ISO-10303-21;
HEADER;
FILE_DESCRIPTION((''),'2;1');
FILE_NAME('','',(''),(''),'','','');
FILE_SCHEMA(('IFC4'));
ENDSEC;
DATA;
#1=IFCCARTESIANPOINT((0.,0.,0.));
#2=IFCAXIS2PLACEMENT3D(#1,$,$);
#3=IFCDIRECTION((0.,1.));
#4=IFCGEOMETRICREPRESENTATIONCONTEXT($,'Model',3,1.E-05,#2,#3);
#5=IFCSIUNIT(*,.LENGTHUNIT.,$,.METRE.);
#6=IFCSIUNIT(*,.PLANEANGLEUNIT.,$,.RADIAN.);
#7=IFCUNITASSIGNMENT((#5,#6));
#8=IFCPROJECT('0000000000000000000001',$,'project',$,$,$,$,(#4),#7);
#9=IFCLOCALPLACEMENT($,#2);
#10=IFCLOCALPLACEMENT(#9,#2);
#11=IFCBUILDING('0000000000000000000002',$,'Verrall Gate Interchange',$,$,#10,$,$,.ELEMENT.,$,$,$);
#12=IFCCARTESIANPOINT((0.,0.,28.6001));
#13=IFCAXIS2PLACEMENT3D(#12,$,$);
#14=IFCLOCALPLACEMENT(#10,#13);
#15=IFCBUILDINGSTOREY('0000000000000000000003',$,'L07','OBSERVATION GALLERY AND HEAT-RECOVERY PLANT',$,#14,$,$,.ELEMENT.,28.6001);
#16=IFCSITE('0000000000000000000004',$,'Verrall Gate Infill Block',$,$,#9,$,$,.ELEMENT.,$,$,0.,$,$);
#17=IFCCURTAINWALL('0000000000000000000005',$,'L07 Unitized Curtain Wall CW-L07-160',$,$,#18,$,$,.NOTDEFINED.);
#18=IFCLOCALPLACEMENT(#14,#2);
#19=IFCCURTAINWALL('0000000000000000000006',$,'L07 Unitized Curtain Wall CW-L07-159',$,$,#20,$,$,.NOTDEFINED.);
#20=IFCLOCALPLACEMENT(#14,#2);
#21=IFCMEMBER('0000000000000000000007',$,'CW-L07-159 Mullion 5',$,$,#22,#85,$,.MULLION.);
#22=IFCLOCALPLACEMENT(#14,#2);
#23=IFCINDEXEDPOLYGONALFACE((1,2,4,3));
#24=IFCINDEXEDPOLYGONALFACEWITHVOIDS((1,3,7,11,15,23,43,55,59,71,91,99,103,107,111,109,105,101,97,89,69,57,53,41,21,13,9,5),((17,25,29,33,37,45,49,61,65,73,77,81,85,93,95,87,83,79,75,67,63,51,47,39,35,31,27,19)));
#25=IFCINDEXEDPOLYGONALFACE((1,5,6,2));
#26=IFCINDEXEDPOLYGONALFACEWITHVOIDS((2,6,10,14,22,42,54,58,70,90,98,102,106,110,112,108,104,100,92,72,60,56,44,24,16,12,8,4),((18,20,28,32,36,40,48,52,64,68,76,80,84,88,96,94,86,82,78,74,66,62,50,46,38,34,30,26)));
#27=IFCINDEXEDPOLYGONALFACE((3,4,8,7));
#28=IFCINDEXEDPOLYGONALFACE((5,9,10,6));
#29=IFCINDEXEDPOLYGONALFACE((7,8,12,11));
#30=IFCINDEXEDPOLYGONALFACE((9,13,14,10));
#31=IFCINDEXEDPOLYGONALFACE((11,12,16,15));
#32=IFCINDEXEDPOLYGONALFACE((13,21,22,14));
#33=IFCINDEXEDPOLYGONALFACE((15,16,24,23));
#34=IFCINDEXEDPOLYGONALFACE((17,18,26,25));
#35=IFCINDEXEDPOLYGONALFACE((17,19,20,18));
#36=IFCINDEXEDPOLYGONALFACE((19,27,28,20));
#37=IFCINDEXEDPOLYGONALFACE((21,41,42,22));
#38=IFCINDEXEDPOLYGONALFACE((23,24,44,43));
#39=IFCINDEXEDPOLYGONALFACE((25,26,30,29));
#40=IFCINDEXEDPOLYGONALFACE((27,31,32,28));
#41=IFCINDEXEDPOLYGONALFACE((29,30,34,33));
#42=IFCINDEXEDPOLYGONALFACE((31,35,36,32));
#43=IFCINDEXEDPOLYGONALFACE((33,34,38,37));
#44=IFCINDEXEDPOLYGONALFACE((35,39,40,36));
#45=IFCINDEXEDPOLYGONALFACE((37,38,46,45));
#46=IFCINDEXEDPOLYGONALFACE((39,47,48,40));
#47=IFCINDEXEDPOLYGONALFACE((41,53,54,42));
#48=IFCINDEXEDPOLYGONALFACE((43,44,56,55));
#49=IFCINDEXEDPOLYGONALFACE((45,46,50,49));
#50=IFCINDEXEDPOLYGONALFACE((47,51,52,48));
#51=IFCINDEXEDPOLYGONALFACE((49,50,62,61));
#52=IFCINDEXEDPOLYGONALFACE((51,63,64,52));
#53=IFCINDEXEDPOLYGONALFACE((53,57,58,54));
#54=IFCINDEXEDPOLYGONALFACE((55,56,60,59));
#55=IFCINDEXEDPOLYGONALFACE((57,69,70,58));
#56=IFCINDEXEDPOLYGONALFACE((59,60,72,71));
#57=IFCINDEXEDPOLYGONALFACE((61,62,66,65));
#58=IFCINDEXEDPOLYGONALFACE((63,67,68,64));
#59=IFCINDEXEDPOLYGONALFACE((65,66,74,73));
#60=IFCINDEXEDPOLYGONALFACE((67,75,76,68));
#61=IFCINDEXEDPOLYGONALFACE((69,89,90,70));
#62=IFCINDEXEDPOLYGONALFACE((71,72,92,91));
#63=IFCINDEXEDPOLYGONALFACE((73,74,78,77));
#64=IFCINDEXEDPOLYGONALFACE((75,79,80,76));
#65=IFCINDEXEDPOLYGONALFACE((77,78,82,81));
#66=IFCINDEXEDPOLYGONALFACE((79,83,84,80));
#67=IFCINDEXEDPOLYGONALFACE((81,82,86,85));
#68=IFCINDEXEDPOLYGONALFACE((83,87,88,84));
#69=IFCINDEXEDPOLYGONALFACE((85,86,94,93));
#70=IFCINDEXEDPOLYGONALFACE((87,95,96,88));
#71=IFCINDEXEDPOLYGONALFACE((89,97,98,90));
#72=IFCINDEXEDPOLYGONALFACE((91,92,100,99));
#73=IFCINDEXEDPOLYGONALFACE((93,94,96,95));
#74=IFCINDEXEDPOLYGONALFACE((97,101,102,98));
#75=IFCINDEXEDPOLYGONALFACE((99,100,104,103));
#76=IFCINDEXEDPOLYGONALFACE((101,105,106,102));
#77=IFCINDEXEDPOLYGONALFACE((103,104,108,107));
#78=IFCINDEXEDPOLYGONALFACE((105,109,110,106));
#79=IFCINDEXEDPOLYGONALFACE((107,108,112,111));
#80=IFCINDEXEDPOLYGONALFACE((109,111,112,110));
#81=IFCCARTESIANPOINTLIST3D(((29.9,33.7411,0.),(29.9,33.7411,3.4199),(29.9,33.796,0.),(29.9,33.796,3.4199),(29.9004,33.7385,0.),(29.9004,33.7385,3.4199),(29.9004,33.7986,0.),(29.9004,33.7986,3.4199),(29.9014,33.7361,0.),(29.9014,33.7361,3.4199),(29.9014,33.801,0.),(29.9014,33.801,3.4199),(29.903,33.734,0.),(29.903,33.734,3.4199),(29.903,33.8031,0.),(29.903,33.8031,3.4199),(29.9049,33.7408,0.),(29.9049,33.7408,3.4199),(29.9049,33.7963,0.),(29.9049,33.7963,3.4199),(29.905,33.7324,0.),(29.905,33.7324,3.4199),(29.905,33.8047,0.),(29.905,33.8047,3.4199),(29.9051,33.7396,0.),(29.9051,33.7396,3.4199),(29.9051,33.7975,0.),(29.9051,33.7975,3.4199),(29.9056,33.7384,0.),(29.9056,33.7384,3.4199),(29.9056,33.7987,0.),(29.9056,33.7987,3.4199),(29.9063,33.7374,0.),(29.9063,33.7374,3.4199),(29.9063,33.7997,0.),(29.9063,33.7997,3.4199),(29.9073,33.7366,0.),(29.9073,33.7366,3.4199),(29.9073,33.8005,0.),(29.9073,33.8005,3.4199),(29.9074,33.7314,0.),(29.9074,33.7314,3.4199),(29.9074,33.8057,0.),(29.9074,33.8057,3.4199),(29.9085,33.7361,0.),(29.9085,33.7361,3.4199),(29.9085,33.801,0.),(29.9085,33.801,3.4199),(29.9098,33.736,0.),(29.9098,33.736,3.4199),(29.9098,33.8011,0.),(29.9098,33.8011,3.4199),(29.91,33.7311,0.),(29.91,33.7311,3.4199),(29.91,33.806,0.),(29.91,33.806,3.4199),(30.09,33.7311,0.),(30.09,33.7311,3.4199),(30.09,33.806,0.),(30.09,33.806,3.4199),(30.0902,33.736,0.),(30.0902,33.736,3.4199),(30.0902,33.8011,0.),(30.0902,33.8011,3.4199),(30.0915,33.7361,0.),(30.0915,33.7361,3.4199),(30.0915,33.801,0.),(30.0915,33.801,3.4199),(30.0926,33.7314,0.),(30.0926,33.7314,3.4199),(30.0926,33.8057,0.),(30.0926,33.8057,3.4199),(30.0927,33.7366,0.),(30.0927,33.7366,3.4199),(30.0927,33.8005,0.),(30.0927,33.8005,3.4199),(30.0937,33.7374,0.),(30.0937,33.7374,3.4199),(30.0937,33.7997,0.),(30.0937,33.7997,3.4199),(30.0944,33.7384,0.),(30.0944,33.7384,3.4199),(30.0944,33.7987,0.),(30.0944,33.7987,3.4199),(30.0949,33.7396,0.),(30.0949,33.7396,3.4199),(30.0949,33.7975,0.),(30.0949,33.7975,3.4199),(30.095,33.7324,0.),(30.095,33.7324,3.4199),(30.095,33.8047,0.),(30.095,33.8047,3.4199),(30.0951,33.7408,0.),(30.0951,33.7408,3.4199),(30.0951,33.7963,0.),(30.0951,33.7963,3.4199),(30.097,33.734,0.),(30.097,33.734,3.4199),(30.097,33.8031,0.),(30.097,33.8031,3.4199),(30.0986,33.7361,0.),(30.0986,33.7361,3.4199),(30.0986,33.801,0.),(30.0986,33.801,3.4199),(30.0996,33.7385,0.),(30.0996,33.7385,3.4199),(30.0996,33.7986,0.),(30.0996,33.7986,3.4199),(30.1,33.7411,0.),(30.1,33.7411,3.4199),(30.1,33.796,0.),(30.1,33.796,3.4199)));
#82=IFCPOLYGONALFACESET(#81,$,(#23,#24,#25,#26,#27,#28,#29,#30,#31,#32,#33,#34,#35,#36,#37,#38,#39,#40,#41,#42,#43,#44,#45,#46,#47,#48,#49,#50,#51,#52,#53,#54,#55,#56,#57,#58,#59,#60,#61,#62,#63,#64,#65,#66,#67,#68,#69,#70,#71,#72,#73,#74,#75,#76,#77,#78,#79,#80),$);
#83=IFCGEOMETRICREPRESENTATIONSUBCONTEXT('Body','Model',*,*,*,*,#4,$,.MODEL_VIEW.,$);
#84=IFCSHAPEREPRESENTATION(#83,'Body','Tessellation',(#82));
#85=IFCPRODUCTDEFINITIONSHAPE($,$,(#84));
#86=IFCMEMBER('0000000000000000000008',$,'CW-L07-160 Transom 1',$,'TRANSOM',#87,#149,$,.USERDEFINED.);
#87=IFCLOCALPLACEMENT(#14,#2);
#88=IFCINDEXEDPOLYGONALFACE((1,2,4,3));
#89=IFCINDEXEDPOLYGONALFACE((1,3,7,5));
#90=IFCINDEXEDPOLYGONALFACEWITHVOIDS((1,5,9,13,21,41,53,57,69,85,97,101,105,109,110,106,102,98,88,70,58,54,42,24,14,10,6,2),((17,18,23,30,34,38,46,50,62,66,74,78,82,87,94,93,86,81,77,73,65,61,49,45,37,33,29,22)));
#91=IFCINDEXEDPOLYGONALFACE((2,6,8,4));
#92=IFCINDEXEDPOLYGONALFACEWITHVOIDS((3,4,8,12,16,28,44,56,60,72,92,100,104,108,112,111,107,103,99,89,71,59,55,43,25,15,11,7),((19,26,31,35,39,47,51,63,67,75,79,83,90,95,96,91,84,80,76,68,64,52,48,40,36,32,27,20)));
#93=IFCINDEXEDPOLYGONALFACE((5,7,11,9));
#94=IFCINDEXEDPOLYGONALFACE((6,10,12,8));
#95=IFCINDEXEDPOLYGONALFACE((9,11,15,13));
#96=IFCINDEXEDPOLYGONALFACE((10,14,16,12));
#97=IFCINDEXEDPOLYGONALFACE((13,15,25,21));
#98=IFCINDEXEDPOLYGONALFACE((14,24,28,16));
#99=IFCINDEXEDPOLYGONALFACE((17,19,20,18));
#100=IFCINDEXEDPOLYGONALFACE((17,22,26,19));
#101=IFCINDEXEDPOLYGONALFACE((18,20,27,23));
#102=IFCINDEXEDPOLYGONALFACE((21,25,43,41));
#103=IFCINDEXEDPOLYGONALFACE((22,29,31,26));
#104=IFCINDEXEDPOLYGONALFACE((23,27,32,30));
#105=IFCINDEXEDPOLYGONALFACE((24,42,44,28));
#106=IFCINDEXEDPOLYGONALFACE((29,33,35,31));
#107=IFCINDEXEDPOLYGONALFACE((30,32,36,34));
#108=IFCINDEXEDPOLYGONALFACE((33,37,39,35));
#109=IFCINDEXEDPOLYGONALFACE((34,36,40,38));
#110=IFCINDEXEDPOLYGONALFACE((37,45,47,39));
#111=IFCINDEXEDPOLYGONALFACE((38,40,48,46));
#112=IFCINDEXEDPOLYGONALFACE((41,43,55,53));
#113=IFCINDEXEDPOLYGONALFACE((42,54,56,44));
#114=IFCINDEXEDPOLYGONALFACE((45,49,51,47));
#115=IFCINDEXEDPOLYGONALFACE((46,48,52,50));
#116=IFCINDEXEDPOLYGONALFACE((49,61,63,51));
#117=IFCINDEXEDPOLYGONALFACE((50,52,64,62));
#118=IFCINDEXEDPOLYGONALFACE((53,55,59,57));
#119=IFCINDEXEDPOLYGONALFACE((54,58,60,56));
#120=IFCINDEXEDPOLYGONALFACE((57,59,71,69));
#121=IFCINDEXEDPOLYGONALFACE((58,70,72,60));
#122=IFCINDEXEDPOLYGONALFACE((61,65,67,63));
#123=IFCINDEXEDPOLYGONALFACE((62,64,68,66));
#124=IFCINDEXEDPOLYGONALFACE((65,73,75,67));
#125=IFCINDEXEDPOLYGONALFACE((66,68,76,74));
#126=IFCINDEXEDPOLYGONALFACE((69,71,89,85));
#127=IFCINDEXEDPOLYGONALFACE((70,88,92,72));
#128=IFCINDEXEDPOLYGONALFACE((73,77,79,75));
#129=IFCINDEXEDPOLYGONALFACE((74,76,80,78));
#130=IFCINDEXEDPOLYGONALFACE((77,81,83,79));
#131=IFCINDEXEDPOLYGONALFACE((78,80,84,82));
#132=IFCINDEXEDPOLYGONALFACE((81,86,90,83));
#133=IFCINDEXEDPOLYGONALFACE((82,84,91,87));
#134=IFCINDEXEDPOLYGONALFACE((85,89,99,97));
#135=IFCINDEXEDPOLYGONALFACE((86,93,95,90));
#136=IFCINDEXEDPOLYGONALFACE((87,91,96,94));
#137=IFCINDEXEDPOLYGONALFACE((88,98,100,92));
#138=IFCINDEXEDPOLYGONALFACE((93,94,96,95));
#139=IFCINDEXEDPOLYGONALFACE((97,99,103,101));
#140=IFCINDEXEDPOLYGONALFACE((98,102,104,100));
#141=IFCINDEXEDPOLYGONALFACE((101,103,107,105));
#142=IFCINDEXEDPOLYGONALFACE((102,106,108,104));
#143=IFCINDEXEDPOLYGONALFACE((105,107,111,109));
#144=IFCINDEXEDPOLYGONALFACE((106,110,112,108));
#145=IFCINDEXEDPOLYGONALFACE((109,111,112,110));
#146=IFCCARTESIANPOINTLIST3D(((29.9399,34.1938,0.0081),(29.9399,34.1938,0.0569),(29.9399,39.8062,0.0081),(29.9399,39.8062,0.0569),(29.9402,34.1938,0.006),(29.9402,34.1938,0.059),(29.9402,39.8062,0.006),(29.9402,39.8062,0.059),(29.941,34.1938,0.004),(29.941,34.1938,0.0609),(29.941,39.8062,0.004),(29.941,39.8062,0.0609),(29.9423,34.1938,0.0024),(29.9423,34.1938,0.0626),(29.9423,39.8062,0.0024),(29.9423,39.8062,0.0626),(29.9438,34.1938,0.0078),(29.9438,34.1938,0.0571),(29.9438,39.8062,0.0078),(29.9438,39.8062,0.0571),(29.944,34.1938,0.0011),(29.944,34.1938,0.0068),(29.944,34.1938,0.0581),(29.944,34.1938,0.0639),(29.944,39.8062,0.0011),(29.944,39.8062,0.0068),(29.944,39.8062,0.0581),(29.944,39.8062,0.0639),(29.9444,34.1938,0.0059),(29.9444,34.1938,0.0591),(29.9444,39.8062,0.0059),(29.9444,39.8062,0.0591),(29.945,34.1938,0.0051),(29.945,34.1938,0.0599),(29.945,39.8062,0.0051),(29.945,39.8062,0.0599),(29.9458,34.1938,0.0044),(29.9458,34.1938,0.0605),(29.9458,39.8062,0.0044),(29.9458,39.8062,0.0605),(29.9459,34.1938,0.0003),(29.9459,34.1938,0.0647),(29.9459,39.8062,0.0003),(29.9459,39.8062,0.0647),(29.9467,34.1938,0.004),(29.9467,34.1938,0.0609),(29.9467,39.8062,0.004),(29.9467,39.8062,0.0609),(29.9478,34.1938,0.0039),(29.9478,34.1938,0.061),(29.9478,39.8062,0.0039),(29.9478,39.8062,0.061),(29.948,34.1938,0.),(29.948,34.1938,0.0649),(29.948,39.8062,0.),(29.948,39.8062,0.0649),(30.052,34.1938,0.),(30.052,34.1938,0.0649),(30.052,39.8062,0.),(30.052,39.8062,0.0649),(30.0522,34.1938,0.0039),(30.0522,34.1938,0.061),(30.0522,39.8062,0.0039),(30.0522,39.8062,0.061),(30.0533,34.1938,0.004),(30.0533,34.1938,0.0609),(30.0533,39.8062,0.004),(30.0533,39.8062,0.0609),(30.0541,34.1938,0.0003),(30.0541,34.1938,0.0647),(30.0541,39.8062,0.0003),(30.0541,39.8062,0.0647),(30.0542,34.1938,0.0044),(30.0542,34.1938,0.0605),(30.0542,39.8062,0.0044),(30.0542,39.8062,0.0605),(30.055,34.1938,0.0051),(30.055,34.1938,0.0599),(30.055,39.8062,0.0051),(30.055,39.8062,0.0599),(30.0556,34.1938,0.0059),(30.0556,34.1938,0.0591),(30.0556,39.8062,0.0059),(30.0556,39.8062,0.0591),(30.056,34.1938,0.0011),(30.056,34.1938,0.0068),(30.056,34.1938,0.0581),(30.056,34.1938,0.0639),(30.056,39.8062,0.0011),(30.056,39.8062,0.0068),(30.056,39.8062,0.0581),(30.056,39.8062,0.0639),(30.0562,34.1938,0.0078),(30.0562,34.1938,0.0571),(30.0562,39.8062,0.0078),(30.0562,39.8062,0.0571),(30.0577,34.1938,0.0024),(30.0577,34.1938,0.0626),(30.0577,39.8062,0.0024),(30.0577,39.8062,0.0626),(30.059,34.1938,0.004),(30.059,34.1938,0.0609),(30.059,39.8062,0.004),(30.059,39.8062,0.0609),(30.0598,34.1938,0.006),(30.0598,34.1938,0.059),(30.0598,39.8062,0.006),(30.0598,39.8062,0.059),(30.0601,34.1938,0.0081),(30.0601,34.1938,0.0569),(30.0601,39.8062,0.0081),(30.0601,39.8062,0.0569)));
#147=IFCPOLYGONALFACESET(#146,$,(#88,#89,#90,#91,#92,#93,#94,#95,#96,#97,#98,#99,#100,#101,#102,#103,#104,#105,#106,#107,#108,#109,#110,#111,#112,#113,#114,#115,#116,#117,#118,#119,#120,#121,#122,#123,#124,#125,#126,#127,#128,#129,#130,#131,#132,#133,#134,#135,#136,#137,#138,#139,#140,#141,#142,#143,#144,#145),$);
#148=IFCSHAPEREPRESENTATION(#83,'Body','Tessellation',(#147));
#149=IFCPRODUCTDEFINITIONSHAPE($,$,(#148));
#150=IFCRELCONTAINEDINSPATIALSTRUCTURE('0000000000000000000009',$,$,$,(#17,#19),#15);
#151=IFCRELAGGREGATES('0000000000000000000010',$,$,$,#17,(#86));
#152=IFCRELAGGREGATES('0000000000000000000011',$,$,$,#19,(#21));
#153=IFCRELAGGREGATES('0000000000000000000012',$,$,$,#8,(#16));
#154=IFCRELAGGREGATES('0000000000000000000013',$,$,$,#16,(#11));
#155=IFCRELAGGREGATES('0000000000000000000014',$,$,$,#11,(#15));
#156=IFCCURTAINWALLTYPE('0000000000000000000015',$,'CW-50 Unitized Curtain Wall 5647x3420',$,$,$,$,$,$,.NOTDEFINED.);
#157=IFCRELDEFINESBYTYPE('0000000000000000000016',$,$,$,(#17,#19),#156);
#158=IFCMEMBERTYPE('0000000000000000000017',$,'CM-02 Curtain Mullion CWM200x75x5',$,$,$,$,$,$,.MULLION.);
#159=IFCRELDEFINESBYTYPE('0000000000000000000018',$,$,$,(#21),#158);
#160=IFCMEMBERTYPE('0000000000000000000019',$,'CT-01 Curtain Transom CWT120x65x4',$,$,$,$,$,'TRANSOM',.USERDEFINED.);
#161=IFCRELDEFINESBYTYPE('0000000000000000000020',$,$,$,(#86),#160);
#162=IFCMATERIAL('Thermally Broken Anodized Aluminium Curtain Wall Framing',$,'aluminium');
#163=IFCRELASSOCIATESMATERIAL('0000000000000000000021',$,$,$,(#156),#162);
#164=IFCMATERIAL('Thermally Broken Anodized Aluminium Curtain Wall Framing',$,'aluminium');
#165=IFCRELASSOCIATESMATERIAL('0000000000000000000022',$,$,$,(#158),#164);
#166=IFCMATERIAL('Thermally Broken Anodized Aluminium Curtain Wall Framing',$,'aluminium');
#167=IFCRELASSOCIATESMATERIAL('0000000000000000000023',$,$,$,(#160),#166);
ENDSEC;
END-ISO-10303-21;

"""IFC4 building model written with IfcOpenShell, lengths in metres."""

from ifc_helpers import new_model, si_unit, direction, frame, origin, origin_2d, place, context, subcontext, project, spatial, hollow_rectangle, extrude, material, material_profile, profile_set, type_object, element, aggregate, save


model = new_model("IFC4")

# Units and contexts
model_context = context("Model", 3, precision=1e-05, world=origin(), true_north=direction((0.0, 1.0)))
body_context = subcontext(model_context, "Body", "Model", "MODEL_VIEW")
ifc_project = project(units=[si_unit("LENGTHUNIT", "METRE"), si_unit("PLANEANGLEUNIT", "RADIAN")], contexts=[model_context])

# Site, building, storey
site_placement = place(None, origin())
site = spatial("IfcSite", under=ifc_project, at=site_placement, Name="Verrall Gate Infill Block", CompositionType="ELEMENT", RefElevation=0.0)
building_placement = place(site_placement, origin())
building = spatial("IfcBuilding", under=site, at=building_placement, Name="Verrall Gate Interchange", CompositionType="ELEMENT")
storey_placement = place(building_placement, frame((0.0, 0.0, 28.6001)))
storey = spatial("IfcBuildingStorey", under=building, at=storey_placement, Name="L07", Description="OBSERVATION GALLERY AND HEAT-RECOVERY PLANT", CompositionType="ELEMENT", Elevation=28.6001)

# Curtain walls, member
ifc_material_1 = material(Name="Thermally Broken Anodized Aluminium Curtain Wall Framing", Category="aluminium")
curtain_wall_type = type_object("IfcCurtainWallType", Name="CW-50 Unitized Curtain Wall 5647x3420", PredefinedType="NOTDEFINED", material=ifc_material_1)
curtain_wall_1_placement = place(storey_placement, origin())
curtain_wall_1 = element("IfcCurtainWall", 1, at=curtain_wall_1_placement, inside=storey, type_object=curtain_wall_type, Name="L07 Unitized Curtain Wall CW-L07-160", PredefinedType="NOTDEFINED")
curtain_wall_2_placement = place(storey_placement, origin())
curtain_wall_2 = element("IfcCurtainWall", 2, at=curtain_wall_2_placement, inside=storey, type_object=curtain_wall_type, Name="L07 Unitized Curtain Wall CW-L07-159", PredefinedType="NOTDEFINED")
ifc_material_2 = material(Name="Thermally Broken Anodized Aluminium Curtain Wall Framing", Category="aluminium")
ifc_material_profile_1 = material_profile(ifc_material_2, hollow_rectangle(XDim=0.075, YDim=0.2, WallThickness=0.0049, InnerFilletRadius=0.0049, OuterFilletRadius=0.01, at=origin_2d()), Name="CWM200x75x5")
ifc_profile_set_1 = profile_set([ifc_material_profile_1], Name="Thermally Broken Anodized Aluminium Curtain Wall Framing")
member_type_1 = type_object("IfcMemberType", Name="CM-02 Curtain Mullion CWM200x75x5", PredefinedType="MULLION", material=ifc_profile_set_1)
member_1_placement = place(storey_placement, frame((30.0, 33.7686, 0.0), z_axis=(0.0, 0.0, 1.0), x_axis=(0.0, 1.0, 0.0)))
member_1 = element("IfcMember", 3, at=member_1_placement, type_object=member_type_1, Name="CW-L07-159 Mullion 5", PredefinedType="MULLION", context=body_context, shape_type="SweptSolid", body=[
    extrude(hollow_rectangle(XDim=0.075, YDim=0.2, WallThickness=0.0049, InnerFilletRadius=0.0049, OuterFilletRadius=0.01, at=origin_2d()), origin(), (0.0, 0.0, 1.0), 3.4199),
])

# Member
ifc_material_3 = material(Name="Thermally Broken Anodized Aluminium Curtain Wall Framing", Category="aluminium")
ifc_material_profile_2 = material_profile(ifc_material_3, hollow_rectangle(XDim=0.1201, YDim=0.0649, WallThickness=0.0039, InnerFilletRadius=0.0039, OuterFilletRadius=0.0081, at=origin_2d()), Name="CWT120x65x4")
ifc_profile_set_2 = profile_set([ifc_material_profile_2], Name="Thermally Broken Anodized Aluminium Curtain Wall Framing")
member_type_2 = type_object("IfcMemberType", Name="CT-01 Curtain Transom CWT120x65x4", ElementType="TRANSOM", PredefinedType="USERDEFINED", material=ifc_profile_set_2)
member_2_placement = place(storey_placement, frame((30.0, 34.1938, 0.0325), z_axis=(0.0, 1.0, 0.0), x_axis=(-1.0, 0.0, 0.0)))
member_2 = element("IfcMember", 4, at=member_2_placement, type_object=member_type_2, Name="CW-L07-160 Transom 1", ObjectType="TRANSOM", PredefinedType="USERDEFINED", context=body_context, shape_type="SweptSolid", body=[
    extrude(hollow_rectangle(XDim=0.1201, YDim=0.0649, WallThickness=0.0039, InnerFilletRadius=0.0039, OuterFilletRadius=0.0081, at=origin_2d()), origin(), (0.0, 0.0, 1.0), 5.6123),
])

aggregate(curtain_wall_1, [member_2])
aggregate(curtain_wall_2, [member_1])

save(model, "model.ifc")
